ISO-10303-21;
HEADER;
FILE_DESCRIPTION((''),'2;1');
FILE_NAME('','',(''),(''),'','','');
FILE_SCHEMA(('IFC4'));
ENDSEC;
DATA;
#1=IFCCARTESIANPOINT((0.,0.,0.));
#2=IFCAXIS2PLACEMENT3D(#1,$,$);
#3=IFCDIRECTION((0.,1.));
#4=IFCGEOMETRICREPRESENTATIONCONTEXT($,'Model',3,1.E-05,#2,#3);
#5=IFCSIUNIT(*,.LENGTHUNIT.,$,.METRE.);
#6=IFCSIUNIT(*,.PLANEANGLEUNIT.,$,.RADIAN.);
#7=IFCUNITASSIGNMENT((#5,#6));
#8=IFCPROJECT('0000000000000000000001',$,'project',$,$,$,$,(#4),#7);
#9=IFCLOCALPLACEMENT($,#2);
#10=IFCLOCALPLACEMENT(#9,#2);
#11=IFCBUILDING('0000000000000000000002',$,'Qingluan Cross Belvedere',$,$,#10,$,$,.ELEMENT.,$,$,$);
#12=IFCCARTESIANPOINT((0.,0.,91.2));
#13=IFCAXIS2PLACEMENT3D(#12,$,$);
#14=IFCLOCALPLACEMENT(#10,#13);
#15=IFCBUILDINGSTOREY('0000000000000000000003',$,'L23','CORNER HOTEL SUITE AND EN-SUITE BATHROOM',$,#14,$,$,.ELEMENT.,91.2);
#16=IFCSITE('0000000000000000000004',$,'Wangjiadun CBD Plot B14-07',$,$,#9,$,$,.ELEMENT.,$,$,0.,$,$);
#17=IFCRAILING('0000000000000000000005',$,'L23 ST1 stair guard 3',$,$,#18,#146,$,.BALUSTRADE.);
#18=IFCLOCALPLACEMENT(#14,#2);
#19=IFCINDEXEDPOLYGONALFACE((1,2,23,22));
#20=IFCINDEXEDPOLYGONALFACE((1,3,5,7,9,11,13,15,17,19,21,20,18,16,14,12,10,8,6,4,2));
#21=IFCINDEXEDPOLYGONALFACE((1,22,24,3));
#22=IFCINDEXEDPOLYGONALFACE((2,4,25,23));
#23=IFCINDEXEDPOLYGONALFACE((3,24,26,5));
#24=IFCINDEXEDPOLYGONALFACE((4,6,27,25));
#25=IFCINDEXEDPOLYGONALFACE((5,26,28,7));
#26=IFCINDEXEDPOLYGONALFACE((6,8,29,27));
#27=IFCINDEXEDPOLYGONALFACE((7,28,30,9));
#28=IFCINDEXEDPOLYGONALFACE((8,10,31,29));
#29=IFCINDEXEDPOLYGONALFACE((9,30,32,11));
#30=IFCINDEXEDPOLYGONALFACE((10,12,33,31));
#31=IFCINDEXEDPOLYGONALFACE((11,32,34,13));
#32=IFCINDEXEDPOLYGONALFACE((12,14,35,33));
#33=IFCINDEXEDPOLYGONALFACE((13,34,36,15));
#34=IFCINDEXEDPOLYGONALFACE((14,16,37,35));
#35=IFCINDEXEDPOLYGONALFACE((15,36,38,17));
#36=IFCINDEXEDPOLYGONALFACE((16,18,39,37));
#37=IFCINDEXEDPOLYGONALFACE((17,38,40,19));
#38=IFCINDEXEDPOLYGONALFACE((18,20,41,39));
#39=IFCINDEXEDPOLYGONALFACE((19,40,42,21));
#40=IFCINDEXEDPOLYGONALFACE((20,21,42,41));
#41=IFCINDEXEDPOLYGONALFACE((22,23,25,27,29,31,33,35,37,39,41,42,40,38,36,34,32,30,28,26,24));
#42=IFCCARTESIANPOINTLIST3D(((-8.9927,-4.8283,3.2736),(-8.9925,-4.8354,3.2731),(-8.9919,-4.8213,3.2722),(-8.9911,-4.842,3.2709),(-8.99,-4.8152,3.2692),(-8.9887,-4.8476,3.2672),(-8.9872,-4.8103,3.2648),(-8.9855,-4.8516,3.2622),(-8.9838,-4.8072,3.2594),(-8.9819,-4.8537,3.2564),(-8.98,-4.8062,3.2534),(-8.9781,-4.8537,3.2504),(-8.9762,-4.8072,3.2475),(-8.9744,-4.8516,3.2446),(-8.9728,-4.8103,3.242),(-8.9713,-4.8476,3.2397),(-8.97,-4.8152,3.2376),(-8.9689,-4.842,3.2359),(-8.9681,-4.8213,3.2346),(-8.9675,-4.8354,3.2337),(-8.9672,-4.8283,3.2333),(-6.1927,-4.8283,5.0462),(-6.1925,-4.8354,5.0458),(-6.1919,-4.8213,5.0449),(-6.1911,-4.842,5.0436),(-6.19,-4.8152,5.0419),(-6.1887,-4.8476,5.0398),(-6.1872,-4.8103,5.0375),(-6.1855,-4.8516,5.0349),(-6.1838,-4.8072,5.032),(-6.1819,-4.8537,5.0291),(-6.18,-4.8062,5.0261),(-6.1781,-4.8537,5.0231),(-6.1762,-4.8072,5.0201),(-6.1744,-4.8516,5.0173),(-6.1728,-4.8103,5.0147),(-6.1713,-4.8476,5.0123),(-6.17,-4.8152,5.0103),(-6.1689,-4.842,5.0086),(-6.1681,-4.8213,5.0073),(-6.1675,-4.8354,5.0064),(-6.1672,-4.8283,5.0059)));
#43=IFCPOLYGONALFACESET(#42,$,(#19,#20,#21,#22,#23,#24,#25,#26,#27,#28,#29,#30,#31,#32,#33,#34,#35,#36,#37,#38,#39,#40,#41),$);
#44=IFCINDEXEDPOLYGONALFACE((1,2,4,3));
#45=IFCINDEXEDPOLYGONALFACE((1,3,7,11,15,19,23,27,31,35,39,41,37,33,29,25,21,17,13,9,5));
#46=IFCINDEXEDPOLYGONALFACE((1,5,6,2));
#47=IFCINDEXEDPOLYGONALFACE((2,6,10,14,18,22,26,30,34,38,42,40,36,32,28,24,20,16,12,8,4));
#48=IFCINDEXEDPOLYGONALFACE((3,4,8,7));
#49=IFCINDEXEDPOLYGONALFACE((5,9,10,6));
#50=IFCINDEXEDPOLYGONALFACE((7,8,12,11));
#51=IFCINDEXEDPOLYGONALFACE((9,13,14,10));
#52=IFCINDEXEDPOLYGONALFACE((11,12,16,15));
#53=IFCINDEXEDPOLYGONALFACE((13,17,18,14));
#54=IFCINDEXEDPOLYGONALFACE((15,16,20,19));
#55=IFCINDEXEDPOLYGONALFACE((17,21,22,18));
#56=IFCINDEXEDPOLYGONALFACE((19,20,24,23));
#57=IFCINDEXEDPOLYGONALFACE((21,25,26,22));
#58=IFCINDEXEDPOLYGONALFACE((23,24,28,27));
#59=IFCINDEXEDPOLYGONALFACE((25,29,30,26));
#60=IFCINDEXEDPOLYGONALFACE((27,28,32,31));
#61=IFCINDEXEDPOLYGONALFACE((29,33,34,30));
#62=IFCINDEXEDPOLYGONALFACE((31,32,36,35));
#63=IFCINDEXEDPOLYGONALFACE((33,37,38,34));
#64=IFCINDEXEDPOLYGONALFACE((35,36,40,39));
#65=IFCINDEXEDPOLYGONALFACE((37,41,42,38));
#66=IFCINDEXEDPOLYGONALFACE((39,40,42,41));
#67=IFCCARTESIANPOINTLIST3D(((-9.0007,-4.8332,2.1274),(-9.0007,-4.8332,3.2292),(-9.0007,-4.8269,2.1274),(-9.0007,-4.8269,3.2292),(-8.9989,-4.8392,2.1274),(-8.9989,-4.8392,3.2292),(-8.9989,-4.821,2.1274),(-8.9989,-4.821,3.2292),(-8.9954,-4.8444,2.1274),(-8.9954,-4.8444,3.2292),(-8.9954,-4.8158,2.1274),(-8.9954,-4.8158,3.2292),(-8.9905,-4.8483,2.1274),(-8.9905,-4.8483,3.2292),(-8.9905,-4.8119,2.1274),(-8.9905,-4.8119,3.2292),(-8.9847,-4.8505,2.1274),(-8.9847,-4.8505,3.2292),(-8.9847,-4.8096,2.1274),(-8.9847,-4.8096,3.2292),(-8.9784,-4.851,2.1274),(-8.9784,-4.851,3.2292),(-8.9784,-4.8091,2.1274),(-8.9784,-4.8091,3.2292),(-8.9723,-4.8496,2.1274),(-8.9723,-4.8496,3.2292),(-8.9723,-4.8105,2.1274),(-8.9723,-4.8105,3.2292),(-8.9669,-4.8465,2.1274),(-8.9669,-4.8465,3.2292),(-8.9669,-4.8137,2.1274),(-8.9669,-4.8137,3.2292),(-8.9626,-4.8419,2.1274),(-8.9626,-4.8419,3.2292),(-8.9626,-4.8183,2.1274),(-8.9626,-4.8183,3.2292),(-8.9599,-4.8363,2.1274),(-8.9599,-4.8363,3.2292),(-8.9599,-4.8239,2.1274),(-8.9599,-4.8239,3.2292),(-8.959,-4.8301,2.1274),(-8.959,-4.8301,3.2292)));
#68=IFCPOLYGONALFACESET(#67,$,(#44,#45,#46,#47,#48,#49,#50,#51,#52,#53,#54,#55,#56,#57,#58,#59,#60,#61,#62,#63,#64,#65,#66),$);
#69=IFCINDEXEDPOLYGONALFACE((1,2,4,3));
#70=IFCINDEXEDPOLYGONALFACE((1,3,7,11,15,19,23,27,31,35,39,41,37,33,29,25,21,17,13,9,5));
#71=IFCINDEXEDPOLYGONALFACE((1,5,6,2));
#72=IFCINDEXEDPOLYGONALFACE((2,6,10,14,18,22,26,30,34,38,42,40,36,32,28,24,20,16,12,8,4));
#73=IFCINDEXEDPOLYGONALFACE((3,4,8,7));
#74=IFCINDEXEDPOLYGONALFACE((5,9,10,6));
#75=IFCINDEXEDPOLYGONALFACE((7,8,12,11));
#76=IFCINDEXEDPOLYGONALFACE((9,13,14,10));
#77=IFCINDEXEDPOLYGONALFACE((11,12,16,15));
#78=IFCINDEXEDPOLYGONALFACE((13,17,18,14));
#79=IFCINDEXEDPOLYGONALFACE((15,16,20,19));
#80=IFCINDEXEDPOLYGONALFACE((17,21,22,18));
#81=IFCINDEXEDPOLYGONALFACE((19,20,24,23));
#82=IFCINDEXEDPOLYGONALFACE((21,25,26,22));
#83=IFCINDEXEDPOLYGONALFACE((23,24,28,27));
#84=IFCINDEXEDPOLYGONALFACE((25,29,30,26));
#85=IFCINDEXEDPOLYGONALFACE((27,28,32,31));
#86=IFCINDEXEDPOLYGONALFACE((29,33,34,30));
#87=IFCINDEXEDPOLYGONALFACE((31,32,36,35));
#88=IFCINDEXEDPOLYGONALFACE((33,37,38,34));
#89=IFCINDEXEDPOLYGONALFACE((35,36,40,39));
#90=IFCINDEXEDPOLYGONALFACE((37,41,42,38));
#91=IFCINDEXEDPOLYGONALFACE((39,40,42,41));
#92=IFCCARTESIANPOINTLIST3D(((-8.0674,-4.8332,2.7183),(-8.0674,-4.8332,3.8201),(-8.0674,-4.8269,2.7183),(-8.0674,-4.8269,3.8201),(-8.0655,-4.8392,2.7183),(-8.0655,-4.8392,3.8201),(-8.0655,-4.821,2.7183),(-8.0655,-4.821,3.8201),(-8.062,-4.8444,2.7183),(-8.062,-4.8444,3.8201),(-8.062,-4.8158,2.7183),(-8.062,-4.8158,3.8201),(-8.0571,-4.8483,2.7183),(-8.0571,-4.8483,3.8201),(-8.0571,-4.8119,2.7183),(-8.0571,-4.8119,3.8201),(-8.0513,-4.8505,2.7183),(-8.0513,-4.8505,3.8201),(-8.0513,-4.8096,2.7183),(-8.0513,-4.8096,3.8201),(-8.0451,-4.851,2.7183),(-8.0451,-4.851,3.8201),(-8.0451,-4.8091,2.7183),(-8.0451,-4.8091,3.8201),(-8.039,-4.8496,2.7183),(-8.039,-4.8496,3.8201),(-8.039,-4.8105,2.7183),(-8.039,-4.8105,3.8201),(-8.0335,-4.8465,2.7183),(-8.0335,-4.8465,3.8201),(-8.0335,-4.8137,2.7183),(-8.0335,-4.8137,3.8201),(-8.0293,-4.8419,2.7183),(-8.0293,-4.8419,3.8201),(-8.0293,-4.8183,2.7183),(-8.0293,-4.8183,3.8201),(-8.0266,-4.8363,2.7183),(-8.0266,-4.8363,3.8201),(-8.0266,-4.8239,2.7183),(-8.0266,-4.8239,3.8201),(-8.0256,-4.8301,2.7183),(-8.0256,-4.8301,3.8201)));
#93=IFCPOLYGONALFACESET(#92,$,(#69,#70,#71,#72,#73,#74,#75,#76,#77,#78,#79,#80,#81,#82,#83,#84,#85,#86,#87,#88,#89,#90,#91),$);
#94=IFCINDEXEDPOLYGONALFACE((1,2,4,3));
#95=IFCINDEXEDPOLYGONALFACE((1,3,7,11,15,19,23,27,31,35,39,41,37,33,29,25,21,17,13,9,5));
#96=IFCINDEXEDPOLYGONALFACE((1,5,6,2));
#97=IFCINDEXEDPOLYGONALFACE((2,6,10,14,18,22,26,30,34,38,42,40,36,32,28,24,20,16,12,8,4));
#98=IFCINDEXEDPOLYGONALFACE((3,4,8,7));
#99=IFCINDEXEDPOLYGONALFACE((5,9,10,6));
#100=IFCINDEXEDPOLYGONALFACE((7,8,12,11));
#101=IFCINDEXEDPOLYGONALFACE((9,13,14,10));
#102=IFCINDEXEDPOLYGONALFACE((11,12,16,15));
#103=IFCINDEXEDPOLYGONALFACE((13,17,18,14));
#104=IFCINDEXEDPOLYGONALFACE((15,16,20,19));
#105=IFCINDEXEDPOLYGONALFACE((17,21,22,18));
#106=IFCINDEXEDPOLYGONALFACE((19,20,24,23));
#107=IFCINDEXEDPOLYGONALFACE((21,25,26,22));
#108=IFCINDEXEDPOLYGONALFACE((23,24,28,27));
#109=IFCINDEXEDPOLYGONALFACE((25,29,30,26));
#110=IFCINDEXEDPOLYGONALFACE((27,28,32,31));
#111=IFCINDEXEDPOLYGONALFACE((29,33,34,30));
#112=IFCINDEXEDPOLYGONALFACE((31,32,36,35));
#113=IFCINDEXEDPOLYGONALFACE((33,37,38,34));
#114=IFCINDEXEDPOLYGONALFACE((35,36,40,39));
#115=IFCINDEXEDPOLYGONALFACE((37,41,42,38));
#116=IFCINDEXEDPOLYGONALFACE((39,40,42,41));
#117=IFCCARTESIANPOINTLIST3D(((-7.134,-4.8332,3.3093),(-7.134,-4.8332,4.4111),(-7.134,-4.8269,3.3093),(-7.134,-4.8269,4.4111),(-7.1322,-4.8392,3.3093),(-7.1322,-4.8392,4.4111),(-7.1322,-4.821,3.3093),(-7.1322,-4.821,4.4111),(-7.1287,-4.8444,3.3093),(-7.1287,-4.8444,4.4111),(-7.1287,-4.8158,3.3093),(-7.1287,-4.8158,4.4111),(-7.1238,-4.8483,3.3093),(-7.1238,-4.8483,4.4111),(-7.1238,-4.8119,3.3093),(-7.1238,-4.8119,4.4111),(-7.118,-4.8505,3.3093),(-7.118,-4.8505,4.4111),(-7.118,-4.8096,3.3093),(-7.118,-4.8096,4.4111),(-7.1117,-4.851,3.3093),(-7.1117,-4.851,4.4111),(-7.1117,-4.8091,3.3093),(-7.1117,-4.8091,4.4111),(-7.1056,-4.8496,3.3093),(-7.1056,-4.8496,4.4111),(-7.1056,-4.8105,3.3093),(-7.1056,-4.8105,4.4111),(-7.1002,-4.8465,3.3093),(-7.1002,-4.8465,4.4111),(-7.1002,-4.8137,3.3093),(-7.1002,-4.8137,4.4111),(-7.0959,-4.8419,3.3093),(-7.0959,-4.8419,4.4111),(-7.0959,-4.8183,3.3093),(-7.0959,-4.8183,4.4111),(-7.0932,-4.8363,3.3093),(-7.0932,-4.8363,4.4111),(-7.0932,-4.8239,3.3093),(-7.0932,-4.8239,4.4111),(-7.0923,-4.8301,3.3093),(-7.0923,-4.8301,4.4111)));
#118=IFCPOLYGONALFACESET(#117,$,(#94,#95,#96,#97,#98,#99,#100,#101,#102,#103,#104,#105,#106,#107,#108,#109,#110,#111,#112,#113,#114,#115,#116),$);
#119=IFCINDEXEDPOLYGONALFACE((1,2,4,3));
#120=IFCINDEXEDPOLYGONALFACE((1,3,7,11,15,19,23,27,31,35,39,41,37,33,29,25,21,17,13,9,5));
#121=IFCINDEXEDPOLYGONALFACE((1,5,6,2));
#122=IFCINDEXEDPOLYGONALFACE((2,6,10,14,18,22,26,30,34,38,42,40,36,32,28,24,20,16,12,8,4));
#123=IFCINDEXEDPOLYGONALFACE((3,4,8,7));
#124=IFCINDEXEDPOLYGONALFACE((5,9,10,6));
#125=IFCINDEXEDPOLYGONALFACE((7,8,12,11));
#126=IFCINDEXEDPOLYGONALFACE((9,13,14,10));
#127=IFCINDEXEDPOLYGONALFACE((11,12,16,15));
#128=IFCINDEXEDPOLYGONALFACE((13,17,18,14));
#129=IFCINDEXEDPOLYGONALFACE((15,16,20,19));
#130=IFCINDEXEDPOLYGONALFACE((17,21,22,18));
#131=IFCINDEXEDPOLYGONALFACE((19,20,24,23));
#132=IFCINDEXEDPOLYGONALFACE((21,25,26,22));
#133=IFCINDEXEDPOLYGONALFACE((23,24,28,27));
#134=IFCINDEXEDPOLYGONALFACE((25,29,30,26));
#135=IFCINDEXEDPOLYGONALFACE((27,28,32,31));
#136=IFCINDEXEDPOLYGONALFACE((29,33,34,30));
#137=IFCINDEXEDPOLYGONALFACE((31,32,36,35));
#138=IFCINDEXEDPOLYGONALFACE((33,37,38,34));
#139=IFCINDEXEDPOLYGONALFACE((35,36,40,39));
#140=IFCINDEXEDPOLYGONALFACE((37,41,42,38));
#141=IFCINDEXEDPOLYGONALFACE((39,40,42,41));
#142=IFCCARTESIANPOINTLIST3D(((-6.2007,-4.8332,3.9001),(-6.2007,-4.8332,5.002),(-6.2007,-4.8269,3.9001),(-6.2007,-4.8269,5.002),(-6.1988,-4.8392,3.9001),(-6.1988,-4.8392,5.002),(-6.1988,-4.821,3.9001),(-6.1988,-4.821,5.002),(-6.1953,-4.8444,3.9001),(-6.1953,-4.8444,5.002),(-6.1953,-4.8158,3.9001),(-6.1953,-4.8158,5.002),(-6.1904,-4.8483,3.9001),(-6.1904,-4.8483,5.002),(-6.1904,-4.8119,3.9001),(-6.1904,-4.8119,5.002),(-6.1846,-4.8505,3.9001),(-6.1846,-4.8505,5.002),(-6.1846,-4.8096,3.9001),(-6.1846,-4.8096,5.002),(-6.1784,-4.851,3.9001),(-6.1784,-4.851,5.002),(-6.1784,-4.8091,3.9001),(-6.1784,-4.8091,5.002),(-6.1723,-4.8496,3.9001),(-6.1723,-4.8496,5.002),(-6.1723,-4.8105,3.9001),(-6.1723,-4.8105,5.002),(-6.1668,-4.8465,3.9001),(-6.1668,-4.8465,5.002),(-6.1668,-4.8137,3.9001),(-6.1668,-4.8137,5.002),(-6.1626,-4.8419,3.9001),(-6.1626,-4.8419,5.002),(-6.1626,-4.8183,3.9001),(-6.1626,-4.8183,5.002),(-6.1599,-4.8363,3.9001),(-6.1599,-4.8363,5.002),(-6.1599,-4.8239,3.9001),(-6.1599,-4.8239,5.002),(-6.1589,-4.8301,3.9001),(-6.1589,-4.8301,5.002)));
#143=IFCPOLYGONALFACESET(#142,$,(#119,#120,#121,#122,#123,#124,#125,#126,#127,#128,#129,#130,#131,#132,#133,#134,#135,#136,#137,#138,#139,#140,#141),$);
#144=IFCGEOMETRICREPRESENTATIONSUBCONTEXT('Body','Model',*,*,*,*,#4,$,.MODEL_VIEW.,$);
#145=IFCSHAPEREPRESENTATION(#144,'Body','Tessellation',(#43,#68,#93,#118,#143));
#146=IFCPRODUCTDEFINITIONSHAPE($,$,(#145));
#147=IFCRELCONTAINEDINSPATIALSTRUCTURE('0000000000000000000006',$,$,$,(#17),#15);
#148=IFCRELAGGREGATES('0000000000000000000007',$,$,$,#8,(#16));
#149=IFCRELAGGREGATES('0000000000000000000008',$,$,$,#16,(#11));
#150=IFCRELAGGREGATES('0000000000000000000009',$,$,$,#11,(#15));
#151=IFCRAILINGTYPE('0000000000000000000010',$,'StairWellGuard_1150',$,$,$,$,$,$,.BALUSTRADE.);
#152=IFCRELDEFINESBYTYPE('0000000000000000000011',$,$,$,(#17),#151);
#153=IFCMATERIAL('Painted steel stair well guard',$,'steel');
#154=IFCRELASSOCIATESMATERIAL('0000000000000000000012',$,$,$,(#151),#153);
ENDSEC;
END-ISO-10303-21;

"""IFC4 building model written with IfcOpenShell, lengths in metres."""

from ifc_helpers import new_model, si_unit, direction, frame, origin, origin_2d, place, context, subcontext, project, spatial, circle, extrude, material, type_object, element, save


model = new_model("IFC4")

# Units and contexts
model_context = context("Model", 3, precision=1e-05, world=origin(), true_north=direction((0.0, 1.0)))
body_context = subcontext(model_context, "Body", "Model", "MODEL_VIEW")
ifc_project = project(units=[si_unit("LENGTHUNIT", "METRE"), si_unit("PLANEANGLEUNIT", "RADIAN")], contexts=[model_context])

# Site, building, storey
site_placement = place(None, origin())
site = spatial("IfcSite", under=ifc_project, at=site_placement, Name="Wangjiadun CBD Plot B14-07", CompositionType="ELEMENT", RefElevation=0.0)
building_placement = place(site_placement, origin())
building = spatial("IfcBuilding", under=site, at=building_placement, Name="Qingluan Cross Belvedere", CompositionType="ELEMENT")
storey_placement = place(building_placement, frame((0.0, 0.0, 91.2)))
storey = spatial("IfcBuildingStorey", under=building, at=storey_placement, Name="L23", Description="CORNER HOTEL SUITE AND EN-SUITE BATHROOM", CompositionType="ELEMENT", Elevation=91.2)

# Railing
ifc_material_1 = material(Name="Painted steel stair well guard", Category="steel")
railing_type_1 = type_object("IfcRailingType", Name="StairWellGuard_1150", PredefinedType="BALUSTRADE", material=ifc_material_1)
railing_1_placement = place(storey_placement, frame((-8.98, -4.8301, 2.1274)))
element("IfcRailing", 1, at=railing_1_placement, inside=storey, type_object=railing_type_1, Name="L23 ST1 stair guard 3", PredefinedType="BALUSTRADE", context=body_context, shape_type="SweptSolid", body=[
    extrude(circle(Radius=0.0239, at=origin_2d()), frame((0.0, 0.0, 1.126), z_axis=(0.844909, 0.0, 0.53491), x_axis=(0.0, 1.0, 0.0)), (0.0, 0.0, 1.0), 3.314),
    extrude(circle(Radius=0.021, at=origin_2d()), origin(), (0.0, 0.0, 1.0), 1.1018),
    extrude(circle(Radius=0.021, at=origin_2d()), frame((0.9333, 0.0, 0.5908)), (0.0, 0.0, 1.0), 1.1018),
    extrude(circle(Radius=0.021, at=origin_2d()), frame((1.8667, 0.0, 1.1819)), (0.0, 0.0, 1.0), 1.1018),
    extrude(circle(Radius=0.021, at=origin_2d()), frame((2.8, 0.0, 1.7727)), (0.0, 0.0, 1.0), 1.1018),
])

save(model, "model.ifc")
